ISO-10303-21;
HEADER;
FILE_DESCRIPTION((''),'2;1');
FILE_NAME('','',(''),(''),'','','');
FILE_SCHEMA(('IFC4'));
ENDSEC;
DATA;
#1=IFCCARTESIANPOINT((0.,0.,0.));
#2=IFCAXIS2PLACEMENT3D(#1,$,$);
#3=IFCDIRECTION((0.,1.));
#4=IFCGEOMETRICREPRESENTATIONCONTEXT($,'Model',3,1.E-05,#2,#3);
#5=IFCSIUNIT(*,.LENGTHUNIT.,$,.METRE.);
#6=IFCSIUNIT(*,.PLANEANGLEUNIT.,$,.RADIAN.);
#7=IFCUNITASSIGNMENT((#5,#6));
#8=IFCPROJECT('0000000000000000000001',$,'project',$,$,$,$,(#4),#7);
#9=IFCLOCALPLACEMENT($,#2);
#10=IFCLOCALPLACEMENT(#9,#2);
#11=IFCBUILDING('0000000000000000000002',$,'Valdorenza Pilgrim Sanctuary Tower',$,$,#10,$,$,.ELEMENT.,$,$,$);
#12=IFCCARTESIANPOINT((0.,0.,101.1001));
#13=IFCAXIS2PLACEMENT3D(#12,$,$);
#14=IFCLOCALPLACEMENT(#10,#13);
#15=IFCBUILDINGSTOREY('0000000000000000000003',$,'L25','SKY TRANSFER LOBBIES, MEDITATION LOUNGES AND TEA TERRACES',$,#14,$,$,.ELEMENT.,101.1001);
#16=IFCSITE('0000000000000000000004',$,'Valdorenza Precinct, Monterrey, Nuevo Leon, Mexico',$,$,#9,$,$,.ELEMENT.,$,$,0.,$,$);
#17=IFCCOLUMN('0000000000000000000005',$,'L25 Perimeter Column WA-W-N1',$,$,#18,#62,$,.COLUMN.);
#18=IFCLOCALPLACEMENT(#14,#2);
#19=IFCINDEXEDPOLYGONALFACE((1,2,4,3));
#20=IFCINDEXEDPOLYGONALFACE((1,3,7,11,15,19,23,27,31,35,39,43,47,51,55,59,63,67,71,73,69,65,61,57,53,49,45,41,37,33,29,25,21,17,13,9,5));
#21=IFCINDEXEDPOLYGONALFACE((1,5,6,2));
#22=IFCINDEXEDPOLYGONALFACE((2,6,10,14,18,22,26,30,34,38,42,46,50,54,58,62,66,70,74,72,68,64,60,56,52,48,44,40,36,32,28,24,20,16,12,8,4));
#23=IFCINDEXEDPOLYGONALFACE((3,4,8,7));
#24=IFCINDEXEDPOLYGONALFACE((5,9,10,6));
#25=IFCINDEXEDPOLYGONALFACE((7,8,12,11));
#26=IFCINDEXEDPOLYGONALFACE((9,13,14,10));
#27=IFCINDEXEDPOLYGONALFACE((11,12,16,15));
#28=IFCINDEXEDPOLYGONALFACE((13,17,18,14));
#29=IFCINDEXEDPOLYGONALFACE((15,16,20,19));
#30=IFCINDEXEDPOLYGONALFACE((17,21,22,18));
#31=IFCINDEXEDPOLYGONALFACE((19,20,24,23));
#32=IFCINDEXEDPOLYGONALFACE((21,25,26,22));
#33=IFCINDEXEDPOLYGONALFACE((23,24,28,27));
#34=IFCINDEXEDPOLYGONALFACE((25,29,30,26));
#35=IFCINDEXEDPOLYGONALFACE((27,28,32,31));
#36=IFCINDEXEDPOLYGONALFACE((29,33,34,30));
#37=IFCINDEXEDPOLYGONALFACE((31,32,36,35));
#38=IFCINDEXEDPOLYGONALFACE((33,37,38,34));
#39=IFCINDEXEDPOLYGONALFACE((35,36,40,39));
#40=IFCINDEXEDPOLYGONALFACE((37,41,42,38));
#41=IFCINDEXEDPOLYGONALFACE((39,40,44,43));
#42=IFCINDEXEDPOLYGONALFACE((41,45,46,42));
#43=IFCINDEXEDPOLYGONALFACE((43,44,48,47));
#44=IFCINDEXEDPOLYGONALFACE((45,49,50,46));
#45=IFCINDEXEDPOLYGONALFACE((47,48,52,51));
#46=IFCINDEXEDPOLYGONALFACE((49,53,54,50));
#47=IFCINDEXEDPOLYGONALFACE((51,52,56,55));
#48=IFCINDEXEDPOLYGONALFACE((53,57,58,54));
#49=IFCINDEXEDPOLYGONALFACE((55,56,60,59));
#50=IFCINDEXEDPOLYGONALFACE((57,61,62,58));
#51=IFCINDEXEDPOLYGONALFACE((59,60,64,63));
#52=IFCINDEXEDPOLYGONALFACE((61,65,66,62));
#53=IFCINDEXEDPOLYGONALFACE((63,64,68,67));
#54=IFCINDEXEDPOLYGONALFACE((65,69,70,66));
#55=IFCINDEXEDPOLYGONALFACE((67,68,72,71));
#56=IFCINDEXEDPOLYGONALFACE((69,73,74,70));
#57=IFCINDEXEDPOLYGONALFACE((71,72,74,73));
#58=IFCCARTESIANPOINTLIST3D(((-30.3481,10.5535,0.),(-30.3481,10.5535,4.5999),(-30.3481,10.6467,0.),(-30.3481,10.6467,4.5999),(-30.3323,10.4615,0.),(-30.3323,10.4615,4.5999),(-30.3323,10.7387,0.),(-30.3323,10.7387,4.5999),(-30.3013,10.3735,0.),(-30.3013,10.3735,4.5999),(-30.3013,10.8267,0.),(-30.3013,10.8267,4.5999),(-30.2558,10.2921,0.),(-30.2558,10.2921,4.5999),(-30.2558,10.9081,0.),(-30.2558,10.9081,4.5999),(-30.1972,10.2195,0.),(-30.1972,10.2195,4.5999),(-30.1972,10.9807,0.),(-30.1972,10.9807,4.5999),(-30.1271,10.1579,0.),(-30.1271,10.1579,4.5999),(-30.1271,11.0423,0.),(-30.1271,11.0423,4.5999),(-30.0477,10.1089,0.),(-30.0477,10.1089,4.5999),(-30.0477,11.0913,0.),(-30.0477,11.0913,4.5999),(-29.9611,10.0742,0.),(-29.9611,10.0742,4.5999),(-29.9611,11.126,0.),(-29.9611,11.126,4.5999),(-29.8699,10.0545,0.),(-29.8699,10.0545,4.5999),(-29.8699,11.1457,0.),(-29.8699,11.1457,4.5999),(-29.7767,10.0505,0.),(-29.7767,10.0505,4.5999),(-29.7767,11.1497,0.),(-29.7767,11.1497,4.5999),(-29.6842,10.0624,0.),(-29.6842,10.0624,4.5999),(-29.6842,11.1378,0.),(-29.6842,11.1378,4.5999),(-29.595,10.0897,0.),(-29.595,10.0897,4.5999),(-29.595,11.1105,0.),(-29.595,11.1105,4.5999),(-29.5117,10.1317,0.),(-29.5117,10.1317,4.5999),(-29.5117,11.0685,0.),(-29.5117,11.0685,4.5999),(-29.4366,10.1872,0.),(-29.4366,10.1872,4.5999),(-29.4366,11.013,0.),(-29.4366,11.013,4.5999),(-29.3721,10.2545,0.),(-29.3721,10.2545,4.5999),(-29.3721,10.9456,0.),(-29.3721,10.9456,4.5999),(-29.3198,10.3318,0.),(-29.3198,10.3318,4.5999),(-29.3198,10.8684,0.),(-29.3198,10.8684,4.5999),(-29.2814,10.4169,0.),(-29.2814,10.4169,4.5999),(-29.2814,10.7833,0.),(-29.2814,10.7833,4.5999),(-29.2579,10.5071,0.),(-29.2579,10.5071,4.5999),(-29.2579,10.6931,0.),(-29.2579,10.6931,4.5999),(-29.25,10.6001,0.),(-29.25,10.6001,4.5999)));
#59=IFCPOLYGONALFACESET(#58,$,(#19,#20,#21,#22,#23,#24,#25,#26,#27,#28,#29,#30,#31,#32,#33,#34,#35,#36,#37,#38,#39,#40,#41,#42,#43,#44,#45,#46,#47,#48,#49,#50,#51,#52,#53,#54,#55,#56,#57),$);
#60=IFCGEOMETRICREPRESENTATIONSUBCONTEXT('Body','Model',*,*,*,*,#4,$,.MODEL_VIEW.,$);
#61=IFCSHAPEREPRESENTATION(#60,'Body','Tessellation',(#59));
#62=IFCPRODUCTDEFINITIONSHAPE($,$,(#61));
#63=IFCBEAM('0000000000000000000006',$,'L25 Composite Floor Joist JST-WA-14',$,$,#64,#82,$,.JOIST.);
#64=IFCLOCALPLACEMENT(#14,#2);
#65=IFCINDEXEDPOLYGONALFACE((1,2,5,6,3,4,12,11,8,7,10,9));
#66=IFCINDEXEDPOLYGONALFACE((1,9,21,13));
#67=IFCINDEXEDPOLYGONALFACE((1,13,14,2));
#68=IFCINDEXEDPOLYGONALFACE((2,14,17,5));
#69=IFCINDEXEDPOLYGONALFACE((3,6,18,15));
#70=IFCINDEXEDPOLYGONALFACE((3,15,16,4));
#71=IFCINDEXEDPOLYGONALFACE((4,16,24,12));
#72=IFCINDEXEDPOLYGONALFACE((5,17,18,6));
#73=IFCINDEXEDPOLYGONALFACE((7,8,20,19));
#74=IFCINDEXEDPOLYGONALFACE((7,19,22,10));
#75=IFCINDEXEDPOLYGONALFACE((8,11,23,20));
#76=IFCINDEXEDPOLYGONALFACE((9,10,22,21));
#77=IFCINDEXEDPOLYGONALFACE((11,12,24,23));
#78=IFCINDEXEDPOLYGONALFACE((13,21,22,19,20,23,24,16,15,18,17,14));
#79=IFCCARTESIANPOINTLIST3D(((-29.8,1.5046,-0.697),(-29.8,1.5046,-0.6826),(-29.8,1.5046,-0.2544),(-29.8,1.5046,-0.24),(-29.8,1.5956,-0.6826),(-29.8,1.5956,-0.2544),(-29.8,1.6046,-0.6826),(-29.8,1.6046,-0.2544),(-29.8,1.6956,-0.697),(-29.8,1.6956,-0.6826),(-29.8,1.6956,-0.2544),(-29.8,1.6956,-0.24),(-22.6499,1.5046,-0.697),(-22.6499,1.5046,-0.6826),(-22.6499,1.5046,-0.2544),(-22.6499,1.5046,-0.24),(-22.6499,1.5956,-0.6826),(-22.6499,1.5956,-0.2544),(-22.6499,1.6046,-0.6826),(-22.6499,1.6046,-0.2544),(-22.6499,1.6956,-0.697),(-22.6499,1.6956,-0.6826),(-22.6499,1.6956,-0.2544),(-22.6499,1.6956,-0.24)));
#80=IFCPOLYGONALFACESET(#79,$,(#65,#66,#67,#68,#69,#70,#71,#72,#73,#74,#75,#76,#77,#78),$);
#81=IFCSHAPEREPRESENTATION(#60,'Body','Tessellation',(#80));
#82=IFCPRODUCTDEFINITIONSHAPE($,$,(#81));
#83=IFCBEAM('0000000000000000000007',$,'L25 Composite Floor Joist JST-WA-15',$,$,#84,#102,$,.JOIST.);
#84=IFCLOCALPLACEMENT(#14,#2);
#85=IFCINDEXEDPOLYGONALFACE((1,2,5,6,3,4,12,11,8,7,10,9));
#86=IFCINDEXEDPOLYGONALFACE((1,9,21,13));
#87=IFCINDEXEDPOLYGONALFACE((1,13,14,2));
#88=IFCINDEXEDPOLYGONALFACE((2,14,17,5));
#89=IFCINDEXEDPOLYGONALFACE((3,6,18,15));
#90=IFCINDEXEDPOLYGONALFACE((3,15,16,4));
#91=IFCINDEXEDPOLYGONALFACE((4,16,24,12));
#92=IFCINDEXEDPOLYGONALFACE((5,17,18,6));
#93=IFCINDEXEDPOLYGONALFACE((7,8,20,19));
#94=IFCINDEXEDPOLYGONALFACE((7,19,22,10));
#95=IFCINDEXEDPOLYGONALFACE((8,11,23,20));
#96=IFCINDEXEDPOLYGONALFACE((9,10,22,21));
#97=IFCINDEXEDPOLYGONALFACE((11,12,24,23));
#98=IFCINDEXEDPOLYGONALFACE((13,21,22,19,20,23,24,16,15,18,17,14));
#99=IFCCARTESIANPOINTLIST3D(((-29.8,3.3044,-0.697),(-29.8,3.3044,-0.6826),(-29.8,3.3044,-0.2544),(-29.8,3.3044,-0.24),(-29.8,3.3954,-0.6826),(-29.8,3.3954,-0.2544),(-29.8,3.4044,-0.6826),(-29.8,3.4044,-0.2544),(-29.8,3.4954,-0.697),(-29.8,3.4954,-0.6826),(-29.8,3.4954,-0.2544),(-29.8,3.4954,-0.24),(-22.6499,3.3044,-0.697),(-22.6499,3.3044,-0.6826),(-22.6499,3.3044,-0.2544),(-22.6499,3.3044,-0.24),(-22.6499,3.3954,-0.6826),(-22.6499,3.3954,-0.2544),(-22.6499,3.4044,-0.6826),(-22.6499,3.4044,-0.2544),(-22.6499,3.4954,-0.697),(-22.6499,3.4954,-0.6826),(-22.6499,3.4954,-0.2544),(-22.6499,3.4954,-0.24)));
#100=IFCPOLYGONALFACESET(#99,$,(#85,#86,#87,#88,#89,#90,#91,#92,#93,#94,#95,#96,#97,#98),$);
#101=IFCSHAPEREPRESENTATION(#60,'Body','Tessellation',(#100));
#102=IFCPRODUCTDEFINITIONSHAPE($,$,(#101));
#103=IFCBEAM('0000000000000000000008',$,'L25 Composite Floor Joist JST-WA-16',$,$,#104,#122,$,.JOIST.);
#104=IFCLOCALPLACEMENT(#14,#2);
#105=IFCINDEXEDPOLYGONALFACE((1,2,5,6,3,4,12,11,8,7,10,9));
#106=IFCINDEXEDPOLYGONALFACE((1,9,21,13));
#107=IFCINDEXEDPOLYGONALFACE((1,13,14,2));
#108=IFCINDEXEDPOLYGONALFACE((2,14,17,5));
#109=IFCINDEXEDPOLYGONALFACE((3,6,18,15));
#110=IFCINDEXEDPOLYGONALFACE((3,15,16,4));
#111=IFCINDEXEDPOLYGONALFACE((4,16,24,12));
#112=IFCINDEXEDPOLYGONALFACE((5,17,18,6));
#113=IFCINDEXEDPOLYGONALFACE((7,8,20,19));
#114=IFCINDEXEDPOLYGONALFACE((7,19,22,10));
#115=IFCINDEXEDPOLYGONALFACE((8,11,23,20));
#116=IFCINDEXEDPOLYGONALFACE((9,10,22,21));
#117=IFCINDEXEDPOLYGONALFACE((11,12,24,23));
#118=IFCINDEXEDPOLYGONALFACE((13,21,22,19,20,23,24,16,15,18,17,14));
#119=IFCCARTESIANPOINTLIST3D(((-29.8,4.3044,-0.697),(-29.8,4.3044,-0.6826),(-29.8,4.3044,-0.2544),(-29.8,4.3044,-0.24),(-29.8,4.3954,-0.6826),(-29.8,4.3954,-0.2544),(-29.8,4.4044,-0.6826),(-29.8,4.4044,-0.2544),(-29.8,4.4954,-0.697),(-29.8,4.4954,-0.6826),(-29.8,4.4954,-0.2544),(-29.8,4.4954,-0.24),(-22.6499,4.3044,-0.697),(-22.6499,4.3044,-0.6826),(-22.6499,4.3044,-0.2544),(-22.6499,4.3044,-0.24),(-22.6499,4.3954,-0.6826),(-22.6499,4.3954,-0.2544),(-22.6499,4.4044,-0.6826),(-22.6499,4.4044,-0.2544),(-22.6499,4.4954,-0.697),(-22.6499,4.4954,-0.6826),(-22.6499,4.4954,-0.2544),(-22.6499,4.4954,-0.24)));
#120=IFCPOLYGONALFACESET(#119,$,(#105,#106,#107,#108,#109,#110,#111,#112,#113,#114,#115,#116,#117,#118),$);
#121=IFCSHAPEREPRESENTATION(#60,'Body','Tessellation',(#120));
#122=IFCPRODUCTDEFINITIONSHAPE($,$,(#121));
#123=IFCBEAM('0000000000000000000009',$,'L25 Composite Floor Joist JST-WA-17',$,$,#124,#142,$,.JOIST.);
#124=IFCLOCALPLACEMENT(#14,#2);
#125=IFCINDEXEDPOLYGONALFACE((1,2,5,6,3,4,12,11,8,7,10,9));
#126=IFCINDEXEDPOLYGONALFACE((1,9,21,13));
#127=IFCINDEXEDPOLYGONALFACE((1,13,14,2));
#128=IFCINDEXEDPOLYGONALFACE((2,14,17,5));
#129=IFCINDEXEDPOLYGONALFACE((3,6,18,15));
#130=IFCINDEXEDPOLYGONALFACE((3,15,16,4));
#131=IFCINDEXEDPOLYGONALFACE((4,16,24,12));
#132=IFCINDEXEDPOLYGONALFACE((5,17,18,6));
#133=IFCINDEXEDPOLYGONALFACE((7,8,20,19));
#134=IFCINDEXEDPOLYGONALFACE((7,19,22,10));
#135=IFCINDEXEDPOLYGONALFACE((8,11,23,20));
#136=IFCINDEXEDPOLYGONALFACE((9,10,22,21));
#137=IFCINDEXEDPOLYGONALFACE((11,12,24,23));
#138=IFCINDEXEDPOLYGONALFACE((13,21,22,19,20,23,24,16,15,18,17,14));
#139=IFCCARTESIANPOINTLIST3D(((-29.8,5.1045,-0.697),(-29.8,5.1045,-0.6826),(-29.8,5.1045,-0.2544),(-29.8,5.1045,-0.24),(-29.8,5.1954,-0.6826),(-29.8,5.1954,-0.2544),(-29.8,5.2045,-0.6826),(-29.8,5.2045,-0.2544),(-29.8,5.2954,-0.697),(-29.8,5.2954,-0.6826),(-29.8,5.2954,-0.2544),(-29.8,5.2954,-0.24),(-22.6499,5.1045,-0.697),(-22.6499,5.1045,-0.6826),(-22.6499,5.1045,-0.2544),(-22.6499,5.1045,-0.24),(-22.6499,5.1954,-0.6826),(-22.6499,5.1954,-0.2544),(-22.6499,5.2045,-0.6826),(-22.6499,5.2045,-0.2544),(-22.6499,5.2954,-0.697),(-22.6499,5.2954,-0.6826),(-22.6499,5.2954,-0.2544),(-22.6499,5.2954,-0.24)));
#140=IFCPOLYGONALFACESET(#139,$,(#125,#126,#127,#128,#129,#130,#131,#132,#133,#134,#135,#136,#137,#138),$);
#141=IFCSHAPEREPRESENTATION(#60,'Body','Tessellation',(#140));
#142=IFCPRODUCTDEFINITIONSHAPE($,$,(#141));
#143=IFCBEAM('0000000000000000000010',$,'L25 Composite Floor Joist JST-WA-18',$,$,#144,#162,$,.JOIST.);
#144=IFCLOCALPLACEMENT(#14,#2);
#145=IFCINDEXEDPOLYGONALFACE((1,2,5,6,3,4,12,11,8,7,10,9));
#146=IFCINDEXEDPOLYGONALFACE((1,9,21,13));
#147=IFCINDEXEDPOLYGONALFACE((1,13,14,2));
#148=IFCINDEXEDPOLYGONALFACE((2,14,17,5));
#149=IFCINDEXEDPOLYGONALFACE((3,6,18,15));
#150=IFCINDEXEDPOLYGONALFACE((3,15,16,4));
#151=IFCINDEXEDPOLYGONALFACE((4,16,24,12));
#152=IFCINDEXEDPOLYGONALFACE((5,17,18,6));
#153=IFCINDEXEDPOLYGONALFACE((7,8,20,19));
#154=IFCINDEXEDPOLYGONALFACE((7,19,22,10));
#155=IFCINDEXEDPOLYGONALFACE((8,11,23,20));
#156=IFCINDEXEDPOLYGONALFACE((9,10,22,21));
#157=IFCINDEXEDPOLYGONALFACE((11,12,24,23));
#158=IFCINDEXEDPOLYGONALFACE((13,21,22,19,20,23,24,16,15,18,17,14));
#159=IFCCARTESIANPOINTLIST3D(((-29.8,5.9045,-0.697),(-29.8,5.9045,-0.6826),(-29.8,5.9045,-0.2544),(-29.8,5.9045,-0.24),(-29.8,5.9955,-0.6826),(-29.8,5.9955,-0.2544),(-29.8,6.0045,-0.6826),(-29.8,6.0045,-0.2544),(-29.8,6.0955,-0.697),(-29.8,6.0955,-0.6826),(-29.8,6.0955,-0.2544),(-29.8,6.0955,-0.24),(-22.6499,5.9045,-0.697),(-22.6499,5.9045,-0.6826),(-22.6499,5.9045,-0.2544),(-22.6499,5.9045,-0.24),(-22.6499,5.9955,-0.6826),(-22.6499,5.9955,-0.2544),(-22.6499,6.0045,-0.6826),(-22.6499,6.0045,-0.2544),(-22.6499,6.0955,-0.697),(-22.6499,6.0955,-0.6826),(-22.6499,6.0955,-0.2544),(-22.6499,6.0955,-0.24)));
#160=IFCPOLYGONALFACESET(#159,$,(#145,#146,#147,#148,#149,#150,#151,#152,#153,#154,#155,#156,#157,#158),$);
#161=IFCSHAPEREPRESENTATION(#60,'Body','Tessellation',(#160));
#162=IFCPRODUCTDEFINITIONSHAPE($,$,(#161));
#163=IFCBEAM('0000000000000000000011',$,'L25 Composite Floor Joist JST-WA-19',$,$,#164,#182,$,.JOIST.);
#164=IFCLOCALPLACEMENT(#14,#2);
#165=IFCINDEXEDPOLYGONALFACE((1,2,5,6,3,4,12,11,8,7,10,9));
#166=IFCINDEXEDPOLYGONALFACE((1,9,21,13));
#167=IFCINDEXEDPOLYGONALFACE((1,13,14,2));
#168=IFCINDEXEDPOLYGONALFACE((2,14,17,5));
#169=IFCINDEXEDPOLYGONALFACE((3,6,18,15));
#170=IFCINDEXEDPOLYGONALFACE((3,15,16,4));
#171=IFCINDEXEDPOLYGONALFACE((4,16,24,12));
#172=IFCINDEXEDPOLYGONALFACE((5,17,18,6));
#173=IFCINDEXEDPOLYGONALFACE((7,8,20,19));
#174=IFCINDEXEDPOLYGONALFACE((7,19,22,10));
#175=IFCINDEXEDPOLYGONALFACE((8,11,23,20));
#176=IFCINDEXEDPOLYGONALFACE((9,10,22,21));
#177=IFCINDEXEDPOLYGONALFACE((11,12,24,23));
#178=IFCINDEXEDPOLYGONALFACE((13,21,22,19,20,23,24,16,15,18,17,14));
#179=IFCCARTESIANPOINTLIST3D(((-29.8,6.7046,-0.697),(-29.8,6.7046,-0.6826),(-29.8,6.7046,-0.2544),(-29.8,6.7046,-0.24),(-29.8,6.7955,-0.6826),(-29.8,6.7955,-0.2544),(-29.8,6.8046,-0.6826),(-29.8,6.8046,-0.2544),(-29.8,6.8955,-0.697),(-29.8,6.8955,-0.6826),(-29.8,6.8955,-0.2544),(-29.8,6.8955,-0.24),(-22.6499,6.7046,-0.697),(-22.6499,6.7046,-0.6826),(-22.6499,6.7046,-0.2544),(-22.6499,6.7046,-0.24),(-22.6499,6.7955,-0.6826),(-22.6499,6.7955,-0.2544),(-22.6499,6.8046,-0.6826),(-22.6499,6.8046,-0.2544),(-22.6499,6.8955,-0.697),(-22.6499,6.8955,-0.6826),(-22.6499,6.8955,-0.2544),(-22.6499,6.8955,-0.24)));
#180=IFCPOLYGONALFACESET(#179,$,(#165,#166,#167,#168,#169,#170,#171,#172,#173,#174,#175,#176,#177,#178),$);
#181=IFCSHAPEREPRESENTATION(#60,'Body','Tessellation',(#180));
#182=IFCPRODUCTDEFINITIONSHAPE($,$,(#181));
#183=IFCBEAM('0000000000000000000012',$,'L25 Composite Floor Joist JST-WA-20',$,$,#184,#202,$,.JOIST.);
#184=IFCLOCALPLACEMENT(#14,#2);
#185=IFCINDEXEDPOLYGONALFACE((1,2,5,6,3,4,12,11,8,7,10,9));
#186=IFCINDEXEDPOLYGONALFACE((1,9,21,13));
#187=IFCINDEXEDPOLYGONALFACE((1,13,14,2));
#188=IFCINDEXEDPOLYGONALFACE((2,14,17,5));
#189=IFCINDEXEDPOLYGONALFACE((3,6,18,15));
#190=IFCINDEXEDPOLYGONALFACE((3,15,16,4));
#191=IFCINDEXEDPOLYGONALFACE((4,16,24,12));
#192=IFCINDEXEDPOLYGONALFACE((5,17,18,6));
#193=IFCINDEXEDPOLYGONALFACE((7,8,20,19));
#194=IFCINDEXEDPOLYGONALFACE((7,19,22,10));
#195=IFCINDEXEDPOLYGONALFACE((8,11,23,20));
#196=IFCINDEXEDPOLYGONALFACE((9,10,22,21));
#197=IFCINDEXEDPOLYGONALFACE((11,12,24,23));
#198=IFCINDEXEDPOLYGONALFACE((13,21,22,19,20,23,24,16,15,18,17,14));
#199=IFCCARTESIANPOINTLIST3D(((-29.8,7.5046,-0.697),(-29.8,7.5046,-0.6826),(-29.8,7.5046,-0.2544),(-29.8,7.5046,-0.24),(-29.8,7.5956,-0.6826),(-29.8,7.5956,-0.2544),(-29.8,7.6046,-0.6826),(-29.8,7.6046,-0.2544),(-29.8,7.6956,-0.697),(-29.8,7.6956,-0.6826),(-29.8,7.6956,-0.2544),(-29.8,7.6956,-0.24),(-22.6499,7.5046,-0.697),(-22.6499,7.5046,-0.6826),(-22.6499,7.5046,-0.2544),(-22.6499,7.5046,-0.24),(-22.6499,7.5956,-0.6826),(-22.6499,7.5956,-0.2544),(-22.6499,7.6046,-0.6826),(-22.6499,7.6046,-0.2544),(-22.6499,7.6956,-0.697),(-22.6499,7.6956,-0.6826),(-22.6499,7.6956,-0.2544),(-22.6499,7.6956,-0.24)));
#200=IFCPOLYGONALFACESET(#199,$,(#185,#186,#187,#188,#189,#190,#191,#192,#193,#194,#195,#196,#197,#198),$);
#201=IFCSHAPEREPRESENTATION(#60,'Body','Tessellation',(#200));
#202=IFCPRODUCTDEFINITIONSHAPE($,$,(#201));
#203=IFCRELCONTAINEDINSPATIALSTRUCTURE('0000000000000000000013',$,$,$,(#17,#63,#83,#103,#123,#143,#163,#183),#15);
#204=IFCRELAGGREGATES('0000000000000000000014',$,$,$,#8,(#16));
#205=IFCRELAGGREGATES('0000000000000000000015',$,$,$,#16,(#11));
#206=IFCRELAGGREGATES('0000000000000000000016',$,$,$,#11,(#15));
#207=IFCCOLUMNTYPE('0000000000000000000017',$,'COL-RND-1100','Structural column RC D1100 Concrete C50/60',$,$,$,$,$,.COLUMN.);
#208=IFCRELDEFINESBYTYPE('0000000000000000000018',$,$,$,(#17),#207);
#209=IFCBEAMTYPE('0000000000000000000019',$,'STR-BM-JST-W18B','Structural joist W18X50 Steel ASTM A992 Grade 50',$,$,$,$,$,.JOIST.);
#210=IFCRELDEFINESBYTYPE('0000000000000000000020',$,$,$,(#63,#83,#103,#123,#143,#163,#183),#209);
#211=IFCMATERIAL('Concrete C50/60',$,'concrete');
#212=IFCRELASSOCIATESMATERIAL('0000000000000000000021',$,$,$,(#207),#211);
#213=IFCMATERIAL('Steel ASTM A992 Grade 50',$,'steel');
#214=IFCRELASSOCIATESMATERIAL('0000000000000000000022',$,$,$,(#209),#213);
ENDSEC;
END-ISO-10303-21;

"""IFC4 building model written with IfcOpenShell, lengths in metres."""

from ifc_helpers import new_model, si_unit, direction, frame, origin, origin_2d, place, context, subcontext, project, spatial, circle, i_section, extrude, source, transform, mapped, material, material_profile, profile_set, type_object, element, save


model = new_model("IFC4")

# Units and contexts
model_context = context("Model", 3, precision=1e-05, world=origin(), true_north=direction((0.0, 1.0)))
body_context = subcontext(model_context, "Body", "Model", "MODEL_VIEW")
ifc_project = project(units=[si_unit("LENGTHUNIT", "METRE"), si_unit("PLANEANGLEUNIT", "RADIAN")], contexts=[model_context])

# Site, building, storey
site_placement = place(None, origin())
site = spatial("IfcSite", under=ifc_project, at=site_placement, Name="Valdorenza Precinct, Monterrey, Nuevo Leon, Mexico", CompositionType="ELEMENT", RefElevation=0.0)
building_placement = place(site_placement, origin())
building = spatial("IfcBuilding", under=site, at=building_placement, Name="Valdorenza Pilgrim Sanctuary Tower", CompositionType="ELEMENT")
storey_placement = place(building_placement, frame((0.0, 0.0, 101.1001)))
storey = spatial("IfcBuildingStorey", under=building, at=storey_placement, Name="L25", Description="SKY TRANSFER LOBBIES, MEDITATION LOUNGES AND TEA TERRACES", CompositionType="ELEMENT", Elevation=101.1001)

# Column
ifc_material_1 = material(Name="Concrete C50/60", Category="concrete")
ifc_material_profile_1 = material_profile(ifc_material_1, circle(Radius=0.55, at=origin_2d()), Name="RC D1100")
ifc_profile_set_1 = profile_set([ifc_material_profile_1], Name="Concrete C50/60")
column_type = type_object("IfcColumnType", Name="COL-RND-1100", Description="Structural column RC D1100 Concrete C50/60", PredefinedType="COLUMN", material=ifc_profile_set_1)
shared_shape_1 = source(origin(), body_context, "Body", "SweptSolid", [
    extrude(circle(Radius=0.55, at=origin_2d()), origin(), (0.0, 0.0, 1.0), 4.5999),
])
column_placement = place(storey_placement, frame((-29.8, 10.6001, 0.0), z_axis=(0.0, 0.0, 1.0), x_axis=(1.0, 0.0, 0.0)))
element("IfcColumn", 1, at=column_placement, inside=storey, type_object=column_type, Name="L25 Perimeter Column WA-W-N1", PredefinedType="COLUMN", context=body_context, shape_type="MappedRepresentation", body=[
    mapped(shared_shape_1, transform((0.0, 0.0, 0.0), x_axis=(1.0, 0.0, 0.0), y_axis=(0.0, 1.0, 0.0), z_axis=(0.0, 0.0, 1.0), scale=1.0)),
])

# Beams
ifc_material_2 = material(Name="Steel ASTM A992 Grade 50", Category="steel")
ifc_material_profile_2 = material_profile(ifc_material_2, i_section(OverallWidth=0.1909, OverallDepth=0.457, WebThickness=0.009, FlangeThickness=0.0144, at=origin_2d()), Name="W18X50")
ifc_profile_set_2 = profile_set([ifc_material_profile_2], Name="Steel ASTM A992 Grade 50")
beam_type = type_object("IfcBeamType", Name="STR-BM-JST-W18B", Description="Structural joist W18X50 Steel ASTM A992 Grade 50", PredefinedType="JOIST", material=ifc_profile_set_2)
shared_shape_2 = source(origin(), body_context, "Body", "SweptSolid", [
    extrude(i_section(OverallWidth=0.1909, OverallDepth=0.457, WebThickness=0.009, FlangeThickness=0.0144, at=origin_2d()), origin(), (0.0, 0.0, 1.0), 7.1501),
])
for number, where, z_axis, x_axis, name in (
    (2, (-29.8, 1.6001, -0.4685), (1.0, 0.0, 0.0), (0.0, 1.0, 0.0), "L25 Composite Floor Joist JST-WA-14"),
    (3, (-29.8, 3.3999, -0.4685), (1.0, 0.0, 0.0), (0.0, 1.0, 0.0), "L25 Composite Floor Joist JST-WA-15"),
    (4, (-29.8, 4.3999, -0.4685), (1.0, 0.0, 0.0), (0.0, 1.0, 0.0), "L25 Composite Floor Joist JST-WA-16"),
    (5, (-29.8, 5.2, -0.4685), (1.0, 0.0, 0.0), (0.0, 1.0, 0.0), "L25 Composite Floor Joist JST-WA-17"),
    (6, (-29.8, 6.0, -0.4685), (1.0, 0.0, 0.0), (0.0, 1.0, 0.0), "L25 Composite Floor Joist JST-WA-18"),
    (7, (-29.8, 6.8, -0.4685), (1.0, 0.0, 0.0), (0.0, 1.0, 0.0), "L25 Composite Floor Joist JST-WA-19"),
    (8, (-29.8, 7.6001, -0.4685), (1.0, 0.0, 0.0), (0.0, 1.0, 0.0), "L25 Composite Floor Joist JST-WA-20"),
):
    element("IfcBeam", number, at=place(storey_placement, frame(where, z_axis=z_axis, x_axis=x_axis)), inside=storey, type_object=beam_type, Name=name, PredefinedType="JOIST", context=body_context, shape_type="MappedRepresentation", body=[
        mapped(shared_shape_2, transform((0.0, 0.0, 0.0), x_axis=(1.0, 0.0, 0.0), y_axis=(0.0, 1.0, 0.0), z_axis=(0.0, 0.0, 1.0), scale=1.0)),
    ])

save(model, "model.ifc")
